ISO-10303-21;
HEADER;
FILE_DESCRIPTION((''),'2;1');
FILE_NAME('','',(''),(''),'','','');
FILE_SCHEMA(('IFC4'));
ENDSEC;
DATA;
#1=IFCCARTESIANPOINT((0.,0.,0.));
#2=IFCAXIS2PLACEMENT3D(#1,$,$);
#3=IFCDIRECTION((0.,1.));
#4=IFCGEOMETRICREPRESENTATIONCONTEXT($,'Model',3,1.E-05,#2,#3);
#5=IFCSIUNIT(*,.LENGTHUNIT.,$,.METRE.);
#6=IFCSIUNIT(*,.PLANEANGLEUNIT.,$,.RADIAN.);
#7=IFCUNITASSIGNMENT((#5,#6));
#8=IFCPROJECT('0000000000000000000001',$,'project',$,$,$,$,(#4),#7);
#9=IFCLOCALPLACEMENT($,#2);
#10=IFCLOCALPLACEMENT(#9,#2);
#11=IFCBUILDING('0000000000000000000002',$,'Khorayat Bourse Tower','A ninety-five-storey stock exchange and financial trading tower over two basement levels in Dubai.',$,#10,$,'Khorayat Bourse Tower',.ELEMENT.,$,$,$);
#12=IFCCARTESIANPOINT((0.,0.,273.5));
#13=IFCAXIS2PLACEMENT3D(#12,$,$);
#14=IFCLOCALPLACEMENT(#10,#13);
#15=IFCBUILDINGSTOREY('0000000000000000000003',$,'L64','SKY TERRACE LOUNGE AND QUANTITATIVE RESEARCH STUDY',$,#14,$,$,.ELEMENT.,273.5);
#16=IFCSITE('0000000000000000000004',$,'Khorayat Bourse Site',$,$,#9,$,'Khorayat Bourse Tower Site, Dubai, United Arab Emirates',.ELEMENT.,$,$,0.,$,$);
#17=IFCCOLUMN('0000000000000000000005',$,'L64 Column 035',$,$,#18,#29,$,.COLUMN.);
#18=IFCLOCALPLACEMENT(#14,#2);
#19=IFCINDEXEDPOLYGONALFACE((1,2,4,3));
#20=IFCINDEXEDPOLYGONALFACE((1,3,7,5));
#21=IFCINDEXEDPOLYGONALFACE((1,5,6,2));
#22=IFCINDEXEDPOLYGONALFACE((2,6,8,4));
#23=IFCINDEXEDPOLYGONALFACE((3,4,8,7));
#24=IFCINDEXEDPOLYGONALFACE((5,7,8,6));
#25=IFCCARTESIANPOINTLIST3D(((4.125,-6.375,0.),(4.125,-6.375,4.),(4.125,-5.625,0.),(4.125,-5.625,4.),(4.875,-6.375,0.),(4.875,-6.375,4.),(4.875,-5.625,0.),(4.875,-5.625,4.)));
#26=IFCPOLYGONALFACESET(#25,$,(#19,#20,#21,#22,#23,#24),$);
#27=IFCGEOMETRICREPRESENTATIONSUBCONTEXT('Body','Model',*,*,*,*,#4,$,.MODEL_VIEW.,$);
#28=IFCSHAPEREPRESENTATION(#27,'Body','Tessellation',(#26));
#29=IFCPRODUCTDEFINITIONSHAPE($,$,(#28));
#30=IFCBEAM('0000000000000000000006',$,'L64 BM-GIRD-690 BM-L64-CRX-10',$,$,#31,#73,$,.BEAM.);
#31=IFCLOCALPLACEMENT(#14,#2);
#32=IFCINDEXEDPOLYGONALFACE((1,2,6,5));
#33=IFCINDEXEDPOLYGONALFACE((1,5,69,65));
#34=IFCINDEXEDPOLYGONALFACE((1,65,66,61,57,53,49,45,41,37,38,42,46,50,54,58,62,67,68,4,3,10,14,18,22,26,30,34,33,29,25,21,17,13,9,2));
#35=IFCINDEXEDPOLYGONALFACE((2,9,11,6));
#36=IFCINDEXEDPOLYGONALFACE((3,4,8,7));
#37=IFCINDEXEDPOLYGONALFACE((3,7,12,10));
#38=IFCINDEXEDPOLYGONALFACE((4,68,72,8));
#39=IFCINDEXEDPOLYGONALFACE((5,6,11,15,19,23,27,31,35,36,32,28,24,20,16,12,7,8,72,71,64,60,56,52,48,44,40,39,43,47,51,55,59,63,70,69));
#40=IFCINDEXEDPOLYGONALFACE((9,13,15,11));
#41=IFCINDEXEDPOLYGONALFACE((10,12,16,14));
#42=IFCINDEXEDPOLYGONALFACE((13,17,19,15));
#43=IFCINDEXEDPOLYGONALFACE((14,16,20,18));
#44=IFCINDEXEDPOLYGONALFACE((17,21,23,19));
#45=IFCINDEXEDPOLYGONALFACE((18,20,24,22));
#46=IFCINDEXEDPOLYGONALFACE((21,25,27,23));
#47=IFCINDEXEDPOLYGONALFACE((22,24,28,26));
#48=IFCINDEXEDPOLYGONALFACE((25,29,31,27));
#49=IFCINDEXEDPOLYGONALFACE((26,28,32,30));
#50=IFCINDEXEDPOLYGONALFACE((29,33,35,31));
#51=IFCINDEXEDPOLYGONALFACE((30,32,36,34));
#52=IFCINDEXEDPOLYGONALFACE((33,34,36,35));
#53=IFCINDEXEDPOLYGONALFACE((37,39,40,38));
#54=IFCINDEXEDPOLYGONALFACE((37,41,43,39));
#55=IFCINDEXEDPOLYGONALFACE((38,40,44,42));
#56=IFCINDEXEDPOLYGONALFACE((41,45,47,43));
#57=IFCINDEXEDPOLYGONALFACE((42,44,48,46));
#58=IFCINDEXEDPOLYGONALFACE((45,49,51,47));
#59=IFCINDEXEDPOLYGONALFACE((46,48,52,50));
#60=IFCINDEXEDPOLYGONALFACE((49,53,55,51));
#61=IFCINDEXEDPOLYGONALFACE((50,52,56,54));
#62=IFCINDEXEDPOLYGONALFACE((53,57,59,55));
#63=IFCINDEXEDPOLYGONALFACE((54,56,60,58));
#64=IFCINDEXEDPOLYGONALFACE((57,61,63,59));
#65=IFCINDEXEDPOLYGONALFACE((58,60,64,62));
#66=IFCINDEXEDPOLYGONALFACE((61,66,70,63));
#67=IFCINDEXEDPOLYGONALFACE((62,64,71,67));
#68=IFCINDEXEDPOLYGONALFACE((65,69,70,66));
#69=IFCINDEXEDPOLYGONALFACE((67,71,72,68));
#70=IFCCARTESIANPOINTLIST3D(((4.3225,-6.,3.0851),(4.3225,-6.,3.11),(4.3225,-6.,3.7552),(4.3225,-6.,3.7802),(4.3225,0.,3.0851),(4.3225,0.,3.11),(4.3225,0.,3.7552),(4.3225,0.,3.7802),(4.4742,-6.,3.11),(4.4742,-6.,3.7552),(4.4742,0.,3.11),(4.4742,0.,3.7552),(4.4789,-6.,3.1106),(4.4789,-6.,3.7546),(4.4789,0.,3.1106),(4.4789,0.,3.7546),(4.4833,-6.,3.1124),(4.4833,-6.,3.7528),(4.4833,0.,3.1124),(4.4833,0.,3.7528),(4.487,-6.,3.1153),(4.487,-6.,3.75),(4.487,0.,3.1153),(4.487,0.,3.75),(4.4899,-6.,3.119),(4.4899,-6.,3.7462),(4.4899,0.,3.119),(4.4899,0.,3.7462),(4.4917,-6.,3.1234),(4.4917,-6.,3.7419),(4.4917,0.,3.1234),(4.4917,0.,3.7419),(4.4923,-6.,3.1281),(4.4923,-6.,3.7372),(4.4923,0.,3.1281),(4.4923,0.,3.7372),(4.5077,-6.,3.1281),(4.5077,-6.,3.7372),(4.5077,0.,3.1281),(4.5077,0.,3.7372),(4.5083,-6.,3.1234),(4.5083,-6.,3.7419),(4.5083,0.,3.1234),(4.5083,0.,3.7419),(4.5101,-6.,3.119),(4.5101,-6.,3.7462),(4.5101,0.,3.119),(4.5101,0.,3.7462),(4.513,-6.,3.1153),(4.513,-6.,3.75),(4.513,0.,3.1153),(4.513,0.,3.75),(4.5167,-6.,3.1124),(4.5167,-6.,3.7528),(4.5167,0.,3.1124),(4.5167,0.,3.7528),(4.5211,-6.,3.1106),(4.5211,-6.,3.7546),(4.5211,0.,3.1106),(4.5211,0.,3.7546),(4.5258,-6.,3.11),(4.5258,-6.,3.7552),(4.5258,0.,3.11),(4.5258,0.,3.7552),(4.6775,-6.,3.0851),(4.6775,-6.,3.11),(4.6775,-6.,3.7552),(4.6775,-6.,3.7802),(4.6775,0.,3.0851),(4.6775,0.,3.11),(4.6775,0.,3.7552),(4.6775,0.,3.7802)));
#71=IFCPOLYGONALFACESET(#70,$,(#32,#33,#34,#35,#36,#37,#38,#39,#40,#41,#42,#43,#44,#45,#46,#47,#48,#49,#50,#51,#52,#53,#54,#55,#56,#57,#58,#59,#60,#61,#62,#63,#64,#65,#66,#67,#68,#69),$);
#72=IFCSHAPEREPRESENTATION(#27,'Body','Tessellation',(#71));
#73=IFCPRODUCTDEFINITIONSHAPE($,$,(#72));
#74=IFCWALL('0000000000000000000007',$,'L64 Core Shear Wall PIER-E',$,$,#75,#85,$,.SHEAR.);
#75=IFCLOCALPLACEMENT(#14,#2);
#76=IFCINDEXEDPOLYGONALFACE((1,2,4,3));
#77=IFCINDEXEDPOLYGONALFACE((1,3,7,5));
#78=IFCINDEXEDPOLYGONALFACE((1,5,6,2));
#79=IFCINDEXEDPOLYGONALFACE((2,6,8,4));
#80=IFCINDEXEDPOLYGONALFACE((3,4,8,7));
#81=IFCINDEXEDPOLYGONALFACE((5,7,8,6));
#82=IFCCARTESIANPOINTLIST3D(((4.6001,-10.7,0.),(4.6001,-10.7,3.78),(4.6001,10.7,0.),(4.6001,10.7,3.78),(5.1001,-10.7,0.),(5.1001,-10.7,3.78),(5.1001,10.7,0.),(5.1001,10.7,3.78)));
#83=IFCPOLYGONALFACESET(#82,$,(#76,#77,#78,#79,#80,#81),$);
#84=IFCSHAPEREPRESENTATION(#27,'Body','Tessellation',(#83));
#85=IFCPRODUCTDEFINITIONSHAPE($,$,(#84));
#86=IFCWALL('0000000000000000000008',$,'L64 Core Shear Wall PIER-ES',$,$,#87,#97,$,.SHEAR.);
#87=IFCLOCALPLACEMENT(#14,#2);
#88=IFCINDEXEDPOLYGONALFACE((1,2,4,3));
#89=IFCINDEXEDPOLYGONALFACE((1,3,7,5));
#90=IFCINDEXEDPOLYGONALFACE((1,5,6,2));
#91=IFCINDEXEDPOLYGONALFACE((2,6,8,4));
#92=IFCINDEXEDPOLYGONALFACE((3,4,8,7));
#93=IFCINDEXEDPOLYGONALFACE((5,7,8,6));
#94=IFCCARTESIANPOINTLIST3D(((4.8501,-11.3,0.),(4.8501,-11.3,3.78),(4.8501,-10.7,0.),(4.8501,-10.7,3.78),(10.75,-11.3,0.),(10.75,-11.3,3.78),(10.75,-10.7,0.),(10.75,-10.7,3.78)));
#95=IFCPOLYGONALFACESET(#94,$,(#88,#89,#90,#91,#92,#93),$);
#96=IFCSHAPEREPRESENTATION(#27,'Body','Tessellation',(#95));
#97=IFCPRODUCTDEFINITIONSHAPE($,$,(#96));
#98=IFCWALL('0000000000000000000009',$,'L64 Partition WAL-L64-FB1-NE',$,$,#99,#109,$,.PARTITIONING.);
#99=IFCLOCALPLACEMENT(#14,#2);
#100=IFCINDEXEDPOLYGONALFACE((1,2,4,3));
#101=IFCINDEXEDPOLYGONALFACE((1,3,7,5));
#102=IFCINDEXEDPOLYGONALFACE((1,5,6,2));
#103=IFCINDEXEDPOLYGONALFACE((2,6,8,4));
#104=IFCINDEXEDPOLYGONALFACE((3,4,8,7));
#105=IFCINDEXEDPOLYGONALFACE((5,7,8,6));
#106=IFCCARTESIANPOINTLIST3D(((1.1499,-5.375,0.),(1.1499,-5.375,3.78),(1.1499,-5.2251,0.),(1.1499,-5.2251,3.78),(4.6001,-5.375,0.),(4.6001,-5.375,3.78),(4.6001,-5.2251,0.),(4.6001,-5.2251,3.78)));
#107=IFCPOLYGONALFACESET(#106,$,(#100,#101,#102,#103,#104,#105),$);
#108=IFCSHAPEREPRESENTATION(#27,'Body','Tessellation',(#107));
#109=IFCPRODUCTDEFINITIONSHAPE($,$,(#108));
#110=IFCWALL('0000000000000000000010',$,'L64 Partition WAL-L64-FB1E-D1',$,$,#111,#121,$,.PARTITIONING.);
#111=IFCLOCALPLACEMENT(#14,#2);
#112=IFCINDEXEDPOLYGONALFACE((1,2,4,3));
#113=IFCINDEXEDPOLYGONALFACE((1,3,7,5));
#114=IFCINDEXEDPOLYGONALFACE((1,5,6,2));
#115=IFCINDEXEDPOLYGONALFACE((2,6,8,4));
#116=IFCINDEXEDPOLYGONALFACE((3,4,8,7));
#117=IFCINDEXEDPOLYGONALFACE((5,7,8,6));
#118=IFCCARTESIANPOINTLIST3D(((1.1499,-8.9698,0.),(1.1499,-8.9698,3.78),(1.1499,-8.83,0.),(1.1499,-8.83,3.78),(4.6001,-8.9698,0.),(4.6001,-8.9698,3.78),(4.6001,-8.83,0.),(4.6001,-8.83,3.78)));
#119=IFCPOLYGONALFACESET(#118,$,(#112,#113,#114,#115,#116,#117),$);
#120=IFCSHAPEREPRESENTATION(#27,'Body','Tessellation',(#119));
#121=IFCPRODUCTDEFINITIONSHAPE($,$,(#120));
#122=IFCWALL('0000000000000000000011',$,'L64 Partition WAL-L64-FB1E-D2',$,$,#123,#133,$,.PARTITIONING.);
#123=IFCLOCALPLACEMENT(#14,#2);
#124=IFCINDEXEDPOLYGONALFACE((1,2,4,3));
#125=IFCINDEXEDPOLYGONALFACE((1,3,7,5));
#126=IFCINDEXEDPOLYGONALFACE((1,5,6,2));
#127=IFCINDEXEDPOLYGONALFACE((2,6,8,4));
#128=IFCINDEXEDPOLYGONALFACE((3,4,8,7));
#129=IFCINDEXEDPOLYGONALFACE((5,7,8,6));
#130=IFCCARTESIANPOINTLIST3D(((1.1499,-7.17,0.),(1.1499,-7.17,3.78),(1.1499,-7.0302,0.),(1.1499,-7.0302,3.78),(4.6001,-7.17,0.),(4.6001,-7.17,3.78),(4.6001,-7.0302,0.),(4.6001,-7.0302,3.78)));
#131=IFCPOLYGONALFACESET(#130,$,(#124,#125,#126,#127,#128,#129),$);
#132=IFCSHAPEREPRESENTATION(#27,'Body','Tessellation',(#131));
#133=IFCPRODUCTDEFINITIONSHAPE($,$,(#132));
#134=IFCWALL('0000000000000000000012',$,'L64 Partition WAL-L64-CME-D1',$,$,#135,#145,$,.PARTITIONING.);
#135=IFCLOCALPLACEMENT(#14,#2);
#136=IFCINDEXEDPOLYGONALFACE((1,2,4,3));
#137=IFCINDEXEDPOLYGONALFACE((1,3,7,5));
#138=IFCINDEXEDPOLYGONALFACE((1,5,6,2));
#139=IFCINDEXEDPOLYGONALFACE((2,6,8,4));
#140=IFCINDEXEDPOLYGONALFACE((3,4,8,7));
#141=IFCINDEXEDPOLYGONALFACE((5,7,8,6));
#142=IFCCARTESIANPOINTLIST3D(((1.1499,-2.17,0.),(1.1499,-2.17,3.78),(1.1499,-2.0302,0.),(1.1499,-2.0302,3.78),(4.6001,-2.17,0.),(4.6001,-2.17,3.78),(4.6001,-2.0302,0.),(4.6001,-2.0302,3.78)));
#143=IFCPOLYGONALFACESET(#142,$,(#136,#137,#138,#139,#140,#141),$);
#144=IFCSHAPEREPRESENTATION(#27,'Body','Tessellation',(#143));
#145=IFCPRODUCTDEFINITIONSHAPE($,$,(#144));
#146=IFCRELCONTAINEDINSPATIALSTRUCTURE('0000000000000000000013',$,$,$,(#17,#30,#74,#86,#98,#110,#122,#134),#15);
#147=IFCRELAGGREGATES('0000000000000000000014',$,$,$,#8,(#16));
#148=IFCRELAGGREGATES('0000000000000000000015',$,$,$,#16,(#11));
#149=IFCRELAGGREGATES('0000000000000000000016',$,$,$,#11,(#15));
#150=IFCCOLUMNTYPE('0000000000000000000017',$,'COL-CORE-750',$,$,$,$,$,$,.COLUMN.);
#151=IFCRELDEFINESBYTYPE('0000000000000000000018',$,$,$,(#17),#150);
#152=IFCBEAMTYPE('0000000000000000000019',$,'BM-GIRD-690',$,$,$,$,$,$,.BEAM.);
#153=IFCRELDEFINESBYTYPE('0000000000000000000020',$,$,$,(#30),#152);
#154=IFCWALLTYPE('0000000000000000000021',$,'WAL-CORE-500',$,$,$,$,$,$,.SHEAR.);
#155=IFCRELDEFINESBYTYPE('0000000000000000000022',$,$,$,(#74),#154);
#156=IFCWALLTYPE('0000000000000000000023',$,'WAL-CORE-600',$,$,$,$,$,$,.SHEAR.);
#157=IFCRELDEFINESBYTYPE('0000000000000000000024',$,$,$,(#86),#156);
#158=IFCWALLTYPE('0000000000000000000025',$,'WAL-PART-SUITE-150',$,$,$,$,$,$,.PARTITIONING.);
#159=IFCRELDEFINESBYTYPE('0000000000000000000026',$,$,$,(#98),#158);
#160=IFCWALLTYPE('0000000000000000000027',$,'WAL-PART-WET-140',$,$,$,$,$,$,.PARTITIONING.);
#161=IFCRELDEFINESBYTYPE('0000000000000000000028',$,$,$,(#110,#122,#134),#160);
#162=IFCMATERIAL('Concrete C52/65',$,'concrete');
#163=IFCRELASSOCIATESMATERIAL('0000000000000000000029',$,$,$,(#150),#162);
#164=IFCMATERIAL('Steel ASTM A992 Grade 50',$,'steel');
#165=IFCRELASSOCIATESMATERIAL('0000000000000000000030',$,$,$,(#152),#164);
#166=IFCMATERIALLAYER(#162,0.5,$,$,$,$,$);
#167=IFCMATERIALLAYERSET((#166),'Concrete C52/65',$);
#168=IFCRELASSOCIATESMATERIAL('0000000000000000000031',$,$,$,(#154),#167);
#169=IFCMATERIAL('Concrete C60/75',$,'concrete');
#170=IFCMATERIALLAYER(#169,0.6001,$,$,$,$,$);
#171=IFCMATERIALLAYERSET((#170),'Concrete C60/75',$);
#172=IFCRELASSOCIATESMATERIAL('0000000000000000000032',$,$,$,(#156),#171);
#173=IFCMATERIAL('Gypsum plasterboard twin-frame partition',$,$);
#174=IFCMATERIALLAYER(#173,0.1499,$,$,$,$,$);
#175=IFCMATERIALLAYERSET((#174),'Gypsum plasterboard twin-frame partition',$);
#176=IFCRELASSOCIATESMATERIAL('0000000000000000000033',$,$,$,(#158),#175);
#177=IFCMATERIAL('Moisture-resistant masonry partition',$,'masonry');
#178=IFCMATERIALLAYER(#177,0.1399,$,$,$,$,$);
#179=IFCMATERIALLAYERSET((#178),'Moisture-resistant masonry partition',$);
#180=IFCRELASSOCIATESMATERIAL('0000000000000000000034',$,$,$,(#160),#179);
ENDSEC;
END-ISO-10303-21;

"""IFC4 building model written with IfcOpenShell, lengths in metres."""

from ifc_helpers import new_model, si_unit, direction, frame, frame_2d, origin, origin_2d, place, context, subcontext, project, spatial, rectangle, i_section, extrude, source, transform, mapped, material, layer, layer_set, material_profile, profile_set, type_object, element, save


model = new_model("IFC4")

# Units and contexts
model_context = context("Model", 3, precision=1e-05, world=origin(), true_north=direction((0.0, 1.0)))
body_context = subcontext(model_context, "Body", "Model", "MODEL_VIEW")
ifc_project = project(units=[si_unit("LENGTHUNIT", "METRE"), si_unit("PLANEANGLEUNIT", "RADIAN")], contexts=[model_context])

# Site, building, storey
site_placement = place(None, origin())
site = spatial("IfcSite", under=ifc_project, at=site_placement, Name="Khorayat Bourse Site", LongName="Khorayat Bourse Tower Site, Dubai, United Arab Emirates", CompositionType="ELEMENT", RefElevation=0.0)
building_placement = place(site_placement, origin())
building = spatial("IfcBuilding", under=site, at=building_placement, Name="Khorayat Bourse Tower", Description="A ninety-five-storey stock exchange and financial trading tower over two basement levels in Dubai.", LongName="Khorayat Bourse Tower", CompositionType="ELEMENT")
storey_placement = place(building_placement, frame((0.0, 0.0, 273.5)))
storey = spatial("IfcBuildingStorey", under=building, at=storey_placement, Name="L64", Description="SKY TERRACE LOUNGE AND QUANTITATIVE RESEARCH STUDY", CompositionType="ELEMENT", Elevation=273.5)

# Column
ifc_material_1 = material(Name="Concrete C52/65", Category="concrete")
ifc_material_profile_1 = material_profile(ifc_material_1, rectangle(XDim=0.75, YDim=0.75, at=origin_2d()), Name="RC 750x750")
ifc_profile_set_1 = profile_set([ifc_material_profile_1], Name="Concrete C52/65")
column_type = type_object("IfcColumnType", Name="COL-CORE-750", PredefinedType="COLUMN", material=ifc_profile_set_1)
shared_shape_1 = source(origin(), body_context, "Body", "SweptSolid", [
    extrude(rectangle(XDim=0.75, YDim=0.75, at=origin_2d()), origin(), (0.0, 0.0, 1.0), 4.0),
])
column_placement = place(storey_placement, frame((4.5, -6.0, 0.0), z_axis=(0.0, 0.0, 1.0), x_axis=(1.0, 0.0, 0.0)))
element("IfcColumn", 1, at=column_placement, inside=storey, type_object=column_type, Name="L64 Column 035", PredefinedType="COLUMN", context=body_context, shape_type="MappedRepresentation", body=[
    mapped(shared_shape_1, transform((0.0, 0.0, 0.0), scale=1.0)),
])

# Beam
ifc_material_2 = material(Name="Steel ASTM A992 Grade 50", Category="steel")
ifc_material_profile_2 = material_profile(ifc_material_2, i_section(OverallWidth=0.355, OverallDepth=0.6951, WebThickness=0.0154, FlangeThickness=0.0249, FilletRadius=0.0181, at=origin_2d()), Name="W690X217")
ifc_profile_set_2 = profile_set([ifc_material_profile_2], Name="Steel ASTM A992 Grade 50")
beam_type = type_object("IfcBeamType", Name="BM-GIRD-690", PredefinedType="BEAM", material=ifc_profile_set_2)
shared_shape_2 = source(origin(), body_context, "Body", "SweptSolid", [
    extrude(i_section(OverallWidth=0.355, OverallDepth=0.6951, WebThickness=0.0154, FlangeThickness=0.0249, FilletRadius=0.0181, at=origin_2d()), origin(), (0.0, 0.0, 1.0), 6.0),
])
beam_placement = place(storey_placement, frame((4.5, -6.0, 3.4326), z_axis=(0.0, 1.0, 0.0), x_axis=(-1.0, 0.0, 0.0)))
element("IfcBeam", 2, at=beam_placement, inside=storey, type_object=beam_type, Name="L64 BM-GIRD-690 BM-L64-CRX-10", PredefinedType="BEAM", context=body_context, shape_type="MappedRepresentation", body=[
    mapped(shared_shape_2, transform((0.0, 0.0, 0.0), scale=1.0)),
])

# Walls
ifc_layer_1 = layer(ifc_material_1, 0.5)
ifc_layer_set_1 = layer_set([ifc_layer_1], Name="Concrete C52/65")
wall_type_1 = type_object("IfcWallType", Name="WAL-CORE-500", PredefinedType="SHEAR", material=ifc_layer_set_1)
shared_shape_3 = source(origin(), body_context, "Body", "SweptSolid", [
    extrude(rectangle(XDim=21.3999, YDim=0.5, at=frame_2d((10.7, 0.0))), origin(), (0.0, 0.0, 1.0), 3.78),
])
wall_1_placement = place(storey_placement, frame((4.8501, -10.7, 0.0), z_axis=(0.0, 0.0, 1.0), x_axis=(0.0, 1.0, 0.0)))
element("IfcWall", 3, at=wall_1_placement, inside=storey, type_object=wall_type_1, Name="L64 Core Shear Wall PIER-E", PredefinedType="SHEAR", context=body_context, shape_type="MappedRepresentation", body=[
    mapped(shared_shape_3, transform((0.0, 0.0, 0.0), scale=1.0)),
])
ifc_material_3 = material(Name="Concrete C60/75", Category="concrete")
ifc_layer_2 = layer(ifc_material_3, 0.6001)
ifc_layer_set_2 = layer_set([ifc_layer_2], Name="Concrete C60/75")
wall_type_2 = type_object("IfcWallType", Name="WAL-CORE-600", PredefinedType="SHEAR", material=ifc_layer_set_2)
shared_shape_4 = source(origin(), body_context, "Body", "SweptSolid", [
    extrude(rectangle(XDim=5.8999, YDim=0.6001, at=frame_2d((2.95, 0.0))), origin(), (0.0, 0.0, 1.0), 3.78),
])
wall_2_placement = place(storey_placement, frame((4.8501, -11.0, 0.0), z_axis=(0.0, 0.0, 1.0), x_axis=(1.0, 0.0, 0.0)))
element("IfcWall", 4, at=wall_2_placement, inside=storey, type_object=wall_type_2, Name="L64 Core Shear Wall PIER-ES", PredefinedType="SHEAR", context=body_context, shape_type="MappedRepresentation", body=[
    mapped(shared_shape_4, transform((0.0, 0.0, 0.0), scale=1.0)),
])
ifc_material_4 = material(Name="Gypsum plasterboard twin-frame partition")
ifc_layer_3 = layer(ifc_material_4, 0.1499)
ifc_layer_set_3 = layer_set([ifc_layer_3], Name="Gypsum plasterboard twin-frame partition")
wall_type_3 = type_object("IfcWallType", Name="WAL-PART-SUITE-150", PredefinedType="PARTITIONING", material=ifc_layer_set_3)
shared_shape_5 = source(origin(), body_context, "Body", "SweptSolid", [
    extrude(rectangle(XDim=3.4502, YDim=0.1499, at=frame_2d((1.7251, 0.0))), origin(), (0.0, 0.0, 1.0), 3.78),
])
wall_3_placement = place(storey_placement, frame((1.1499, -5.3, 0.0), z_axis=(0.0, 0.0, 1.0), x_axis=(1.0, 0.0, 0.0)))
element("IfcWall", 5, at=wall_3_placement, inside=storey, type_object=wall_type_3, Name="L64 Partition WAL-L64-FB1-NE", PredefinedType="PARTITIONING", context=body_context, shape_type="MappedRepresentation", body=[
    mapped(shared_shape_5, transform((0.0, 0.0, 0.0), scale=1.0)),
])

# Walls
ifc_material_5 = material(Name="Moisture-resistant masonry partition", Category="masonry")
ifc_layer_4 = layer(ifc_material_5, 0.1399)
ifc_layer_set_4 = layer_set([ifc_layer_4], Name="Moisture-resistant masonry partition")
wall_type_4 = type_object("IfcWallType", Name="WAL-PART-WET-140", PredefinedType="PARTITIONING", material=ifc_layer_set_4)
shared_shape_6 = source(origin(), body_context, "Body", "SweptSolid", [
    extrude(rectangle(XDim=3.4502, YDim=0.1399, at=frame_2d((1.7251, 0.0))), origin(), (0.0, 0.0, 1.0), 3.78),
])
for number, where, z_axis, x_axis, name in (
    (6, (1.1499, -8.8999, 0.0), (0.0, 0.0, 1.0), (1.0, 0.0, 0.0), "L64 Partition WAL-L64-FB1E-D1"),
    (7, (1.1499, -7.1001, 0.0), (0.0, 0.0, 1.0), (1.0, 0.0, 0.0), "L64 Partition WAL-L64-FB1E-D2"),
    (8, (1.1499, -2.1001, 0.0), (0.0, 0.0, 1.0), (1.0, 0.0, 0.0), "L64 Partition WAL-L64-CME-D1"),
):
    element("IfcWall", number, at=place(storey_placement, frame(where, z_axis=z_axis, x_axis=x_axis)), inside=storey, type_object=wall_type_4, Name=name, PredefinedType="PARTITIONING", context=body_context, shape_type="MappedRepresentation", body=[
        mapped(shared_shape_6, transform((0.0, 0.0, 0.0), scale=1.0)),
    ])

save(model, "model.ifc")
